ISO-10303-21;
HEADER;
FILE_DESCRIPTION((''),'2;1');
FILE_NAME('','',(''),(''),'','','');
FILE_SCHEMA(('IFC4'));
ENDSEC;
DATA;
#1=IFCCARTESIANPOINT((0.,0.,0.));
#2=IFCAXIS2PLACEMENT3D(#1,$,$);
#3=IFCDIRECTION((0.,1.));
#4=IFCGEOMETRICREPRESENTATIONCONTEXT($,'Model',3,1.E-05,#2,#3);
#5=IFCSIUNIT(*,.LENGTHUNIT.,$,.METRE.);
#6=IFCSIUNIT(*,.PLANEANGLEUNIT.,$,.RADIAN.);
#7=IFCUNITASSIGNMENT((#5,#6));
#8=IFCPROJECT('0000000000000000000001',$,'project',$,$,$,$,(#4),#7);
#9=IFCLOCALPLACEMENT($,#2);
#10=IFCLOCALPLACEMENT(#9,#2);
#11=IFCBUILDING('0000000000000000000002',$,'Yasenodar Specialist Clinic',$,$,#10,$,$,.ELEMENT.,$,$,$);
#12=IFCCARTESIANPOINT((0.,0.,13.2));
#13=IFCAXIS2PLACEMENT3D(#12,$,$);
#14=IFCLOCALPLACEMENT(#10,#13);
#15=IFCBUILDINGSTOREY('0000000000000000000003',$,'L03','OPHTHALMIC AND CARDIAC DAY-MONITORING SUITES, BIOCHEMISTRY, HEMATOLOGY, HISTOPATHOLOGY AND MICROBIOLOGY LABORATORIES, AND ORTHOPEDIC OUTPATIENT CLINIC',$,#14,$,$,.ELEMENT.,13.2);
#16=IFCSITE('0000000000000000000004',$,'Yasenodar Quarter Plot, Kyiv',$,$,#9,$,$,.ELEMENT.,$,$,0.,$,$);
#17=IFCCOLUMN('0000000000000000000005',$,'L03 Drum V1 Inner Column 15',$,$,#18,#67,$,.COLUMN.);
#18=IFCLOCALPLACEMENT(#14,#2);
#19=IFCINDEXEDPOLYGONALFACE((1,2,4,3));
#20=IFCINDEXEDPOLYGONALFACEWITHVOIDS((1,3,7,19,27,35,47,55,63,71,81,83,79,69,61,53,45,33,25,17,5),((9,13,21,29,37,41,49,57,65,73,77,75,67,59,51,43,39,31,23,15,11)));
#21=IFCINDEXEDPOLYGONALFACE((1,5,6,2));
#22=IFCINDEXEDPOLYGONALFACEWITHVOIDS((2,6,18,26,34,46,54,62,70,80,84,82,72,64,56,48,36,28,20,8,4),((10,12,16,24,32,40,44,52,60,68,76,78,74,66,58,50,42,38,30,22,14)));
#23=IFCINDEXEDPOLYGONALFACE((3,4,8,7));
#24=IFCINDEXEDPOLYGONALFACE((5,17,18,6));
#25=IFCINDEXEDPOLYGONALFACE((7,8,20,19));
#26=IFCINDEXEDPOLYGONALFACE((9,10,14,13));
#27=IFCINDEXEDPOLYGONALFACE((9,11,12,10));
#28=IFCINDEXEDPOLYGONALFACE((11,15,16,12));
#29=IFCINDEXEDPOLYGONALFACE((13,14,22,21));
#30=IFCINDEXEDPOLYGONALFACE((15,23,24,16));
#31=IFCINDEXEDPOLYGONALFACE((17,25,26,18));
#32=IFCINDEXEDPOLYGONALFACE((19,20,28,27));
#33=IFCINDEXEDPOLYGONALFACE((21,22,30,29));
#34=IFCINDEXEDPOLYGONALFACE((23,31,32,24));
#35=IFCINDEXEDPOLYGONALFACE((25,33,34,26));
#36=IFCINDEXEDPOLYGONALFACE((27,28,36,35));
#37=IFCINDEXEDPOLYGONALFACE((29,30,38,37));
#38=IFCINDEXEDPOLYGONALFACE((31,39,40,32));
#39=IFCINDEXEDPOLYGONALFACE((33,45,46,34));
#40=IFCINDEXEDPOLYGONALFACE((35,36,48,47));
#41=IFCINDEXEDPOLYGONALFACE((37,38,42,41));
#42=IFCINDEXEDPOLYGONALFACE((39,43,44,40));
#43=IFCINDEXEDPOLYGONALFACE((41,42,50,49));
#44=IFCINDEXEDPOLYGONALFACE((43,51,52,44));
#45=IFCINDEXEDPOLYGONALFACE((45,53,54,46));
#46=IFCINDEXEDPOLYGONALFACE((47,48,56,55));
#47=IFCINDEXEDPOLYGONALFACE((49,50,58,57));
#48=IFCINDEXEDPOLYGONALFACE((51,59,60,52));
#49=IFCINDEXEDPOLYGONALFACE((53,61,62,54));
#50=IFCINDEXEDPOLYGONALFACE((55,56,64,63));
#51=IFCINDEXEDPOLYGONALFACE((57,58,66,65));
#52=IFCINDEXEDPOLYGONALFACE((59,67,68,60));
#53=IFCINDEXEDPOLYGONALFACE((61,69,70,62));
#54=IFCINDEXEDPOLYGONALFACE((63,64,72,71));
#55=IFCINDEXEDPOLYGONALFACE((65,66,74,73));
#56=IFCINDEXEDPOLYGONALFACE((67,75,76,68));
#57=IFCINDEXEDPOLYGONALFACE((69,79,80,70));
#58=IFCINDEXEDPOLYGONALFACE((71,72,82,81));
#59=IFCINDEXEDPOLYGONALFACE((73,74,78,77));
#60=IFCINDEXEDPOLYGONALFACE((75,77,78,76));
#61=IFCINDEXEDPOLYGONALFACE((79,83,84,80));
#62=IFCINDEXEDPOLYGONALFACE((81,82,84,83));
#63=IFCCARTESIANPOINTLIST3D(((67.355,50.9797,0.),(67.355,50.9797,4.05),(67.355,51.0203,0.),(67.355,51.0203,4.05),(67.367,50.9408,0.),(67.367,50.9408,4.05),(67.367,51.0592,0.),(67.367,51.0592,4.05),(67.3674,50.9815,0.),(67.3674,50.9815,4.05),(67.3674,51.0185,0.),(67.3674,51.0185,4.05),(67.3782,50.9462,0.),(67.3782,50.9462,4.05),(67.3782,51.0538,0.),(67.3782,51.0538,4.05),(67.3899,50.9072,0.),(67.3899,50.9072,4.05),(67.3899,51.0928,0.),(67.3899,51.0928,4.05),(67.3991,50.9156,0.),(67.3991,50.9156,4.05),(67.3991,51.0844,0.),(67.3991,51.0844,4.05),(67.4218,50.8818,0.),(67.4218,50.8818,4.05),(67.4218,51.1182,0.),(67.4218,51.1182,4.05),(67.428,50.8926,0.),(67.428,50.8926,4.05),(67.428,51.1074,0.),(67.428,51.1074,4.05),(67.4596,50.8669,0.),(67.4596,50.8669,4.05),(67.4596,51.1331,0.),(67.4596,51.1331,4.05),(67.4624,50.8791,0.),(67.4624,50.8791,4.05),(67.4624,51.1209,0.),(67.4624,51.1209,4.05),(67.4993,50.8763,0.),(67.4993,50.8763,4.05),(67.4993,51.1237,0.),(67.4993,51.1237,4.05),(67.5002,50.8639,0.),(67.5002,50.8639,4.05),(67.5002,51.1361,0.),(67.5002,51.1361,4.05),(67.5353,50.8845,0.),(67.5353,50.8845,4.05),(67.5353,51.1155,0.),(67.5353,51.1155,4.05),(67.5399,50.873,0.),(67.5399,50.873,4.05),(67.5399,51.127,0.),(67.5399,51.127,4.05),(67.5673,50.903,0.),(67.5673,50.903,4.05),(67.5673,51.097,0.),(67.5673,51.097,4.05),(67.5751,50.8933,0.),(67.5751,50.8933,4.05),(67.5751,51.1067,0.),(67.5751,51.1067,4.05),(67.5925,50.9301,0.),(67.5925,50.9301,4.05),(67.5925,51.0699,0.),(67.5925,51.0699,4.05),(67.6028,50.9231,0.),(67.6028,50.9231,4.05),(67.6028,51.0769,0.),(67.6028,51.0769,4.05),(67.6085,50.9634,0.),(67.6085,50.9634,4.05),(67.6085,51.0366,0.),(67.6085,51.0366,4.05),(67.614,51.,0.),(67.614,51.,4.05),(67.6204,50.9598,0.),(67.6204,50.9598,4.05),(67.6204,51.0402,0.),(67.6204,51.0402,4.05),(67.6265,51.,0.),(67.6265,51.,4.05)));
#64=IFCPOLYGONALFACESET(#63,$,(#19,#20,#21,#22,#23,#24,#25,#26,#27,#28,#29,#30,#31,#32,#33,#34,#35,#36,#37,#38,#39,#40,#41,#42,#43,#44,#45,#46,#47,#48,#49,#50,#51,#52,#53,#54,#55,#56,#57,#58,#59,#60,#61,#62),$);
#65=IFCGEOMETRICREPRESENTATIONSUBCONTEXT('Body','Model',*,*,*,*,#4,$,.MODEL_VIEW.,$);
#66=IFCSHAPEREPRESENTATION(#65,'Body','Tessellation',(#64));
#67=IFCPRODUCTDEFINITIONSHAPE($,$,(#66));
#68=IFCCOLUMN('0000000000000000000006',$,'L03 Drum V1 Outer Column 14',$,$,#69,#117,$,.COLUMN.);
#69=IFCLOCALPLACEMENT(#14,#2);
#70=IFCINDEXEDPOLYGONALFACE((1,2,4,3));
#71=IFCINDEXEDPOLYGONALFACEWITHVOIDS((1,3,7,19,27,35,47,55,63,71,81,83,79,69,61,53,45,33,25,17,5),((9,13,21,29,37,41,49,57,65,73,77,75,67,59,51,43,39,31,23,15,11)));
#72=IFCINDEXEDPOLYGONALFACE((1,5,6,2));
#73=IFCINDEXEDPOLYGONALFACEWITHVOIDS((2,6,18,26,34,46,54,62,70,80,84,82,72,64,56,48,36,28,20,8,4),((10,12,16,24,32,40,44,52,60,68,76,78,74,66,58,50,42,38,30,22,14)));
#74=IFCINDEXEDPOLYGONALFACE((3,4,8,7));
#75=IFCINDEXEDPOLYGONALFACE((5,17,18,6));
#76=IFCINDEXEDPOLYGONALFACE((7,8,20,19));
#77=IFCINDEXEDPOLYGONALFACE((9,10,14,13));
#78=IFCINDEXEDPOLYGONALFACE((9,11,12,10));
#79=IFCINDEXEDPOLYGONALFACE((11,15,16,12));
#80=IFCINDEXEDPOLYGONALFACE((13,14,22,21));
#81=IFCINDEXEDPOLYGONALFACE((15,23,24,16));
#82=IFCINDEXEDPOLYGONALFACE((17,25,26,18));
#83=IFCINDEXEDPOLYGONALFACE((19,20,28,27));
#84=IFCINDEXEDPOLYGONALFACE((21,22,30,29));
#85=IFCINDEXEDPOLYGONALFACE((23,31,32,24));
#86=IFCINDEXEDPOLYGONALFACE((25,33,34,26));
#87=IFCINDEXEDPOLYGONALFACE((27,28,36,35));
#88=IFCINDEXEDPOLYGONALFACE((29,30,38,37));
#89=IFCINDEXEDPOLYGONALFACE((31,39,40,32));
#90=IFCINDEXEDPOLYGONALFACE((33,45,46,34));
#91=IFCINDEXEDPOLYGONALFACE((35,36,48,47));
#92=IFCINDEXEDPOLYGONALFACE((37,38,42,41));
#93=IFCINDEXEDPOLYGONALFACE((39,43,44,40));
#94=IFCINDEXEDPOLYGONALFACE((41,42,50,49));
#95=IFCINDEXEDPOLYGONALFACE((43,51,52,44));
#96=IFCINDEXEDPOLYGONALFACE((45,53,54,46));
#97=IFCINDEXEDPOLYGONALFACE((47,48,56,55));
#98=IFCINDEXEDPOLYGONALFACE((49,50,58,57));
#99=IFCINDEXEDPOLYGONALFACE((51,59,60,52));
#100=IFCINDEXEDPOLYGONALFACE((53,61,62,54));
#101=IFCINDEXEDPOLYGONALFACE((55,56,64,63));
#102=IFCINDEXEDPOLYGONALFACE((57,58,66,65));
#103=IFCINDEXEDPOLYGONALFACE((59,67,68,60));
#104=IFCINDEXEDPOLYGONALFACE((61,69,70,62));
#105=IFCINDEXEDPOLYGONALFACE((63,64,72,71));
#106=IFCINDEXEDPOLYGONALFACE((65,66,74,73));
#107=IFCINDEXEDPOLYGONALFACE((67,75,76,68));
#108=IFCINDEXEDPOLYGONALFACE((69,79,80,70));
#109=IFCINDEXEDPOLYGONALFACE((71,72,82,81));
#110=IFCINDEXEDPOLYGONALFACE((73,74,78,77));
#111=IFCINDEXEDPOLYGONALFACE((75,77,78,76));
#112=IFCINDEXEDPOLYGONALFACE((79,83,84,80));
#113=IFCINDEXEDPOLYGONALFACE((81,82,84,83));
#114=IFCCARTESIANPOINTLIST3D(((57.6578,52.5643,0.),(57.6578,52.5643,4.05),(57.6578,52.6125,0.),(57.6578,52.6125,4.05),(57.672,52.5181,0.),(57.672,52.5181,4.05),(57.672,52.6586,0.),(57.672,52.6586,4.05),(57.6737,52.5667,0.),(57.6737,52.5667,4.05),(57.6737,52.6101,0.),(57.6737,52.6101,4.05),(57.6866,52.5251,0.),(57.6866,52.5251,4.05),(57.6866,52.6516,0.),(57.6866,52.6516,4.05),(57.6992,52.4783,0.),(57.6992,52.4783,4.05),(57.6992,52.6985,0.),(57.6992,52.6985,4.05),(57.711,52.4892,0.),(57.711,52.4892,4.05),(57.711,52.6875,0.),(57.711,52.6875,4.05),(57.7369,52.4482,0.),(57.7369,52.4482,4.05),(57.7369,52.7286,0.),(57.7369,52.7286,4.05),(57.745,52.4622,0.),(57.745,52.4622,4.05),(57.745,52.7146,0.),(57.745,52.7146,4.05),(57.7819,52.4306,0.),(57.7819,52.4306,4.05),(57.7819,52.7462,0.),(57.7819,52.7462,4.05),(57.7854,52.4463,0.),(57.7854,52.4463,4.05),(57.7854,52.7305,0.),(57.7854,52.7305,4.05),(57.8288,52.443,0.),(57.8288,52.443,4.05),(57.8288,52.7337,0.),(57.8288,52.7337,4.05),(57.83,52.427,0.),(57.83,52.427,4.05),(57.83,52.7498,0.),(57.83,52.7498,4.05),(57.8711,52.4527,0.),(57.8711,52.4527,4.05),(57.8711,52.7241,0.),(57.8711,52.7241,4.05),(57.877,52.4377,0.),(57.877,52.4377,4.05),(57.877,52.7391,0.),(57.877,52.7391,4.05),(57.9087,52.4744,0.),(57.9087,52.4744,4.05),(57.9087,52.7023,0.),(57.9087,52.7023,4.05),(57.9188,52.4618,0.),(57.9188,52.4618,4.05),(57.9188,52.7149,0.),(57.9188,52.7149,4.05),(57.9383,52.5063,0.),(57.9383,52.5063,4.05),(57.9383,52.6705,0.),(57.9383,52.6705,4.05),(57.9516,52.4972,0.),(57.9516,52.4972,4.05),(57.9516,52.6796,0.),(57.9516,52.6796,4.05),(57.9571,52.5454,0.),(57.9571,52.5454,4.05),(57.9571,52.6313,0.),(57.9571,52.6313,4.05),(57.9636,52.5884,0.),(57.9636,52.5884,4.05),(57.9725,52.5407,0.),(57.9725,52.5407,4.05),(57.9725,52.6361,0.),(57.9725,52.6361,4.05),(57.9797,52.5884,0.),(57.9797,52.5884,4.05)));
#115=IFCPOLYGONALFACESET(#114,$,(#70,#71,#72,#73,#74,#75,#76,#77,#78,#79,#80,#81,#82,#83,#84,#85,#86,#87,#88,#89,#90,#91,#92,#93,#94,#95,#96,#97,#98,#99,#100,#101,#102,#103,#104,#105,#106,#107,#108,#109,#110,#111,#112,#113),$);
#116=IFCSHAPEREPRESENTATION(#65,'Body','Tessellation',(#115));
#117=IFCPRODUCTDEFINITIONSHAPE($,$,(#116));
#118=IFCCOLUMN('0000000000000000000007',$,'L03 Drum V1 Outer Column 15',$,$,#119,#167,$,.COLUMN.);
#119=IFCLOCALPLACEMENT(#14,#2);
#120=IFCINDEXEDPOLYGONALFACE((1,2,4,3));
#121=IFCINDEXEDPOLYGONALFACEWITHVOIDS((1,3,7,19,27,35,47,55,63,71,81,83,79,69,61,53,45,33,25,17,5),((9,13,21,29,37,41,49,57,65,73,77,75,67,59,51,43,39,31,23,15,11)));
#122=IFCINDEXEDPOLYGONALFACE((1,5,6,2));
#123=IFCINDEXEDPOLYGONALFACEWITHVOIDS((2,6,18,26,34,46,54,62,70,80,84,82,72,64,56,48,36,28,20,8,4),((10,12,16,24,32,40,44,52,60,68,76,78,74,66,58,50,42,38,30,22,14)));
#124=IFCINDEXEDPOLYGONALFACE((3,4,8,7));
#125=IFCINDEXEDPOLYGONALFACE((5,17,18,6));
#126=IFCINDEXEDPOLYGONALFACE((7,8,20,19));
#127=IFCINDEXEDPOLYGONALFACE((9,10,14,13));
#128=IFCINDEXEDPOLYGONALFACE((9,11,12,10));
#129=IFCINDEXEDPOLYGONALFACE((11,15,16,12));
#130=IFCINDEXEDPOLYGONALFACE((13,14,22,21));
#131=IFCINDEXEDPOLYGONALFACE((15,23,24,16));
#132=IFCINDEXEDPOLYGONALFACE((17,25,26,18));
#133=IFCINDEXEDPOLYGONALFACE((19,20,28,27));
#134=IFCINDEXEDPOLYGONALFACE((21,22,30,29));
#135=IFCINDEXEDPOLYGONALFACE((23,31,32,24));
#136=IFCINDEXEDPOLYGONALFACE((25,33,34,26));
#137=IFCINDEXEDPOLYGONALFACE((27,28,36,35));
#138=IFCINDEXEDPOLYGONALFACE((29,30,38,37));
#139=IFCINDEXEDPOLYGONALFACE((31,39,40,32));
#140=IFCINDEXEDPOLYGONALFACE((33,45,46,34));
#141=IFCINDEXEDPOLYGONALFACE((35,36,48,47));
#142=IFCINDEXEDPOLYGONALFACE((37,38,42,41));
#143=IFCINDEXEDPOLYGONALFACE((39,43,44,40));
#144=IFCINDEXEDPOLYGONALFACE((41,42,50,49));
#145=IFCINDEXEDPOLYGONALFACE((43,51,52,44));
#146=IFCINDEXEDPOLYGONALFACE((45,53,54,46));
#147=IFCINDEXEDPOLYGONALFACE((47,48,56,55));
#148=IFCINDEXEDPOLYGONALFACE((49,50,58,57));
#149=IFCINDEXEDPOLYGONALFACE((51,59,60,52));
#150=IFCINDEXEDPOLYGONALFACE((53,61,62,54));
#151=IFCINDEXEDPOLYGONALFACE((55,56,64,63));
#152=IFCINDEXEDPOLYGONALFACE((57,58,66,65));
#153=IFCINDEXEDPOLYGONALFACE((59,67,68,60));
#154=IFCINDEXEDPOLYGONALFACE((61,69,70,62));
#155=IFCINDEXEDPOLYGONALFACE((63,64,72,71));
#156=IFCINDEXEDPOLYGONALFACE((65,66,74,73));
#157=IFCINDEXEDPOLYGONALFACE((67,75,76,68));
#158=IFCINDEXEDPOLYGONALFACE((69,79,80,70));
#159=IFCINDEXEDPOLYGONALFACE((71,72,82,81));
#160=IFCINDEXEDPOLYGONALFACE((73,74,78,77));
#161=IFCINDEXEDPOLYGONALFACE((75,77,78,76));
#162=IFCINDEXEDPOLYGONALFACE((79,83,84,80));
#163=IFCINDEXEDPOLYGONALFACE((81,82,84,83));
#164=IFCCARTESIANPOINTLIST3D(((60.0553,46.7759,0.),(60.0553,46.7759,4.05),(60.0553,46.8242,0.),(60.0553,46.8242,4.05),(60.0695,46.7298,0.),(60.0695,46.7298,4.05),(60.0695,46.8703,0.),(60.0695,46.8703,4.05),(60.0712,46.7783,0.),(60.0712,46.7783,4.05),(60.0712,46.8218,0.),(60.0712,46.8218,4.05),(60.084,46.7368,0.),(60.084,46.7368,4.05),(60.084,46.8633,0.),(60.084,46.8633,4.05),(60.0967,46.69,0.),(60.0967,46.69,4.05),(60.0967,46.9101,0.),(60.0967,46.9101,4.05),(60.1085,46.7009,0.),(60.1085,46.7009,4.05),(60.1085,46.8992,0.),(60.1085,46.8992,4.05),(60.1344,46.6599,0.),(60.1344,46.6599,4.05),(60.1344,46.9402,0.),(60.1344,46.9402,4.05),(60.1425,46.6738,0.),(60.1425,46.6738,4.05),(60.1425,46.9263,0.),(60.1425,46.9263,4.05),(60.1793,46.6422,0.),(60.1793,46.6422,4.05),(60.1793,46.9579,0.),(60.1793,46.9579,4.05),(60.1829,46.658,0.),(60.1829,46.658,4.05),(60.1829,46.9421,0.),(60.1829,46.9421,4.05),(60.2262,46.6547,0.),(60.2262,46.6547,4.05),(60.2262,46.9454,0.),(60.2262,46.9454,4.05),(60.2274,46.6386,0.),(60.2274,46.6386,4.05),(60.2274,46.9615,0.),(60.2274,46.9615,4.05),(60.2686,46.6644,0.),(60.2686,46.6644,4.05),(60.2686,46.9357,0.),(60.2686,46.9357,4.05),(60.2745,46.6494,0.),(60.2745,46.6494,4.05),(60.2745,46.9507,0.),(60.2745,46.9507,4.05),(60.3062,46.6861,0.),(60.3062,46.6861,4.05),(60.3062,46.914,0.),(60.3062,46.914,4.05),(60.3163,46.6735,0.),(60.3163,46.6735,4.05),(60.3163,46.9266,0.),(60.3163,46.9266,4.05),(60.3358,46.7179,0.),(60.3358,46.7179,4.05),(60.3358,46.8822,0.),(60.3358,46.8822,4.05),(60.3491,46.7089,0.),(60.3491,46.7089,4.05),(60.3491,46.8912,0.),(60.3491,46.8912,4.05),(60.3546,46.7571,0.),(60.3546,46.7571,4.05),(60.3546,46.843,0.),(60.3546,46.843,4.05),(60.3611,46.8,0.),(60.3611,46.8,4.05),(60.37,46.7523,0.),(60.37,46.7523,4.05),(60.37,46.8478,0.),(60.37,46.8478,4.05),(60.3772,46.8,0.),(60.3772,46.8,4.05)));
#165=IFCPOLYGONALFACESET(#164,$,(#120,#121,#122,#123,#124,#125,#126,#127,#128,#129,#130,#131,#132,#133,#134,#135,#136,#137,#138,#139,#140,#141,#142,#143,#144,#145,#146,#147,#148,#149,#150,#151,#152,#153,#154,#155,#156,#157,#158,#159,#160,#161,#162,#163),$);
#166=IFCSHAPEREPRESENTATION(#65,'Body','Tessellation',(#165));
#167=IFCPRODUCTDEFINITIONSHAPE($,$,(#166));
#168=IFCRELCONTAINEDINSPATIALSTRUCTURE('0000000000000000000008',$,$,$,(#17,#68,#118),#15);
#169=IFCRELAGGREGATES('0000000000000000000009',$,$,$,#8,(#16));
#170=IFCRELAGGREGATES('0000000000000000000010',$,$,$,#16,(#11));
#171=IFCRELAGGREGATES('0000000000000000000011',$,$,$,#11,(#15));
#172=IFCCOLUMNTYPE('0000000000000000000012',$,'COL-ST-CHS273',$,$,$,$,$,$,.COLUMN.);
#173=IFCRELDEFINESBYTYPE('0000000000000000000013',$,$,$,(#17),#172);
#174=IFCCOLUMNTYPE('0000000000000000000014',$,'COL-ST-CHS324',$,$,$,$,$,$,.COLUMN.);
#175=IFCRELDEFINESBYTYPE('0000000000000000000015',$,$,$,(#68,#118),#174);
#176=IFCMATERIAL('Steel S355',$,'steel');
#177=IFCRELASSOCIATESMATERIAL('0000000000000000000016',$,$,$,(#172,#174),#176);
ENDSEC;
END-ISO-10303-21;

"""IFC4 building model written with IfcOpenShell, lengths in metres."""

from ifc_helpers import new_model, si_unit, direction, frame, origin, origin_2d, place, context, subcontext, project, spatial, hollow_circle, extrude, material, material_profile, profile_set, type_object, element, save


model = new_model("IFC4")

# Units and contexts
model_context = context("Model", 3, precision=1e-05, world=origin(), true_north=direction((0.0, 1.0)))
body_context = subcontext(model_context, "Body", "Model", "MODEL_VIEW")
ifc_project = project(units=[si_unit("LENGTHUNIT", "METRE"), si_unit("PLANEANGLEUNIT", "RADIAN")], contexts=[model_context])

# Site, building, storey
site_placement = place(None, origin())
site = spatial("IfcSite", under=ifc_project, at=site_placement, Name="Yasenodar Quarter Plot, Kyiv", CompositionType="ELEMENT", RefElevation=0.0)
building_placement = place(site_placement, origin())
building = spatial("IfcBuilding", under=site, at=building_placement, Name="Yasenodar Specialist Clinic", CompositionType="ELEMENT")
storey_placement = place(building_placement, frame((0.0, 0.0, 13.2)))
storey = spatial("IfcBuildingStorey", under=building, at=storey_placement, Name="L03", Description="OPHTHALMIC AND CARDIAC DAY-MONITORING SUITES, BIOCHEMISTRY, HEMATOLOGY, HISTOPATHOLOGY AND MICROBIOLOGY LABORATORIES, AND ORTHOPEDIC OUTPATIENT CLINIC", CompositionType="ELEMENT", Elevation=13.2)

# Columns
ifc_material_1 = material(Name="Steel S355", Category="steel")
ifc_material_profile_1 = material_profile(ifc_material_1, hollow_circle(Radius=0.1365, WallThickness=0.0125, at=origin_2d()), Name="CHS 273x12.5")
ifc_profile_set_1 = profile_set([ifc_material_profile_1], Name="Steel S355")
column_type_1 = type_object("IfcColumnType", Name="COL-ST-CHS273", PredefinedType="COLUMN", material=ifc_profile_set_1)
column_placement = place(storey_placement, frame((67.49, 51.0, 0.0), z_axis=(0.0, 0.0, 1.0), x_axis=(1.0, 0.0, 0.0)))
element("IfcColumn", 1, at=column_placement, inside=storey, type_object=column_type_1, Name="L03 Drum V1 Inner Column 15", PredefinedType="COLUMN", context=body_context, shape_type="SweptSolid", body=[
    extrude(hollow_circle(Radius=0.1365, WallThickness=0.0125, at=origin_2d()), origin(), (0.0, 0.0, 1.0), 4.05),
])
ifc_material_profile_2 = material_profile(ifc_material_1, hollow_circle(Radius=0.1619, WallThickness=0.0161, at=origin_2d()), Name="CHS 323.9x16")
ifc_profile_set_2 = profile_set([ifc_material_profile_2], Name="Steel S355")
column_type_2 = type_object("IfcColumnType", Name="COL-ST-CHS324", PredefinedType="COLUMN", material=ifc_profile_set_2)
for number, where, z_axis, x_axis, name in (
    (2, (57.8179, 52.5884, 0.0), (0.0, 0.0, 1.0), (1.0, 0.0, 0.0), "L03 Drum V1 Outer Column 14"),
    (3, (60.2153, 46.8, 0.0), (0.0, 0.0, 1.0), (1.0, 0.0, 0.0), "L03 Drum V1 Outer Column 15"),
):
    element("IfcColumn", number, at=place(storey_placement, frame(where, z_axis=z_axis, x_axis=x_axis)), inside=storey, type_object=column_type_2, Name=name, PredefinedType="COLUMN", context=body_context, shape_type="SweptSolid", body=[
        extrude(hollow_circle(Radius=0.1619, WallThickness=0.0161, at=origin_2d()), origin(), (0.0, 0.0, 1.0), 4.05),
    ])

save(model, "model.ifc")
